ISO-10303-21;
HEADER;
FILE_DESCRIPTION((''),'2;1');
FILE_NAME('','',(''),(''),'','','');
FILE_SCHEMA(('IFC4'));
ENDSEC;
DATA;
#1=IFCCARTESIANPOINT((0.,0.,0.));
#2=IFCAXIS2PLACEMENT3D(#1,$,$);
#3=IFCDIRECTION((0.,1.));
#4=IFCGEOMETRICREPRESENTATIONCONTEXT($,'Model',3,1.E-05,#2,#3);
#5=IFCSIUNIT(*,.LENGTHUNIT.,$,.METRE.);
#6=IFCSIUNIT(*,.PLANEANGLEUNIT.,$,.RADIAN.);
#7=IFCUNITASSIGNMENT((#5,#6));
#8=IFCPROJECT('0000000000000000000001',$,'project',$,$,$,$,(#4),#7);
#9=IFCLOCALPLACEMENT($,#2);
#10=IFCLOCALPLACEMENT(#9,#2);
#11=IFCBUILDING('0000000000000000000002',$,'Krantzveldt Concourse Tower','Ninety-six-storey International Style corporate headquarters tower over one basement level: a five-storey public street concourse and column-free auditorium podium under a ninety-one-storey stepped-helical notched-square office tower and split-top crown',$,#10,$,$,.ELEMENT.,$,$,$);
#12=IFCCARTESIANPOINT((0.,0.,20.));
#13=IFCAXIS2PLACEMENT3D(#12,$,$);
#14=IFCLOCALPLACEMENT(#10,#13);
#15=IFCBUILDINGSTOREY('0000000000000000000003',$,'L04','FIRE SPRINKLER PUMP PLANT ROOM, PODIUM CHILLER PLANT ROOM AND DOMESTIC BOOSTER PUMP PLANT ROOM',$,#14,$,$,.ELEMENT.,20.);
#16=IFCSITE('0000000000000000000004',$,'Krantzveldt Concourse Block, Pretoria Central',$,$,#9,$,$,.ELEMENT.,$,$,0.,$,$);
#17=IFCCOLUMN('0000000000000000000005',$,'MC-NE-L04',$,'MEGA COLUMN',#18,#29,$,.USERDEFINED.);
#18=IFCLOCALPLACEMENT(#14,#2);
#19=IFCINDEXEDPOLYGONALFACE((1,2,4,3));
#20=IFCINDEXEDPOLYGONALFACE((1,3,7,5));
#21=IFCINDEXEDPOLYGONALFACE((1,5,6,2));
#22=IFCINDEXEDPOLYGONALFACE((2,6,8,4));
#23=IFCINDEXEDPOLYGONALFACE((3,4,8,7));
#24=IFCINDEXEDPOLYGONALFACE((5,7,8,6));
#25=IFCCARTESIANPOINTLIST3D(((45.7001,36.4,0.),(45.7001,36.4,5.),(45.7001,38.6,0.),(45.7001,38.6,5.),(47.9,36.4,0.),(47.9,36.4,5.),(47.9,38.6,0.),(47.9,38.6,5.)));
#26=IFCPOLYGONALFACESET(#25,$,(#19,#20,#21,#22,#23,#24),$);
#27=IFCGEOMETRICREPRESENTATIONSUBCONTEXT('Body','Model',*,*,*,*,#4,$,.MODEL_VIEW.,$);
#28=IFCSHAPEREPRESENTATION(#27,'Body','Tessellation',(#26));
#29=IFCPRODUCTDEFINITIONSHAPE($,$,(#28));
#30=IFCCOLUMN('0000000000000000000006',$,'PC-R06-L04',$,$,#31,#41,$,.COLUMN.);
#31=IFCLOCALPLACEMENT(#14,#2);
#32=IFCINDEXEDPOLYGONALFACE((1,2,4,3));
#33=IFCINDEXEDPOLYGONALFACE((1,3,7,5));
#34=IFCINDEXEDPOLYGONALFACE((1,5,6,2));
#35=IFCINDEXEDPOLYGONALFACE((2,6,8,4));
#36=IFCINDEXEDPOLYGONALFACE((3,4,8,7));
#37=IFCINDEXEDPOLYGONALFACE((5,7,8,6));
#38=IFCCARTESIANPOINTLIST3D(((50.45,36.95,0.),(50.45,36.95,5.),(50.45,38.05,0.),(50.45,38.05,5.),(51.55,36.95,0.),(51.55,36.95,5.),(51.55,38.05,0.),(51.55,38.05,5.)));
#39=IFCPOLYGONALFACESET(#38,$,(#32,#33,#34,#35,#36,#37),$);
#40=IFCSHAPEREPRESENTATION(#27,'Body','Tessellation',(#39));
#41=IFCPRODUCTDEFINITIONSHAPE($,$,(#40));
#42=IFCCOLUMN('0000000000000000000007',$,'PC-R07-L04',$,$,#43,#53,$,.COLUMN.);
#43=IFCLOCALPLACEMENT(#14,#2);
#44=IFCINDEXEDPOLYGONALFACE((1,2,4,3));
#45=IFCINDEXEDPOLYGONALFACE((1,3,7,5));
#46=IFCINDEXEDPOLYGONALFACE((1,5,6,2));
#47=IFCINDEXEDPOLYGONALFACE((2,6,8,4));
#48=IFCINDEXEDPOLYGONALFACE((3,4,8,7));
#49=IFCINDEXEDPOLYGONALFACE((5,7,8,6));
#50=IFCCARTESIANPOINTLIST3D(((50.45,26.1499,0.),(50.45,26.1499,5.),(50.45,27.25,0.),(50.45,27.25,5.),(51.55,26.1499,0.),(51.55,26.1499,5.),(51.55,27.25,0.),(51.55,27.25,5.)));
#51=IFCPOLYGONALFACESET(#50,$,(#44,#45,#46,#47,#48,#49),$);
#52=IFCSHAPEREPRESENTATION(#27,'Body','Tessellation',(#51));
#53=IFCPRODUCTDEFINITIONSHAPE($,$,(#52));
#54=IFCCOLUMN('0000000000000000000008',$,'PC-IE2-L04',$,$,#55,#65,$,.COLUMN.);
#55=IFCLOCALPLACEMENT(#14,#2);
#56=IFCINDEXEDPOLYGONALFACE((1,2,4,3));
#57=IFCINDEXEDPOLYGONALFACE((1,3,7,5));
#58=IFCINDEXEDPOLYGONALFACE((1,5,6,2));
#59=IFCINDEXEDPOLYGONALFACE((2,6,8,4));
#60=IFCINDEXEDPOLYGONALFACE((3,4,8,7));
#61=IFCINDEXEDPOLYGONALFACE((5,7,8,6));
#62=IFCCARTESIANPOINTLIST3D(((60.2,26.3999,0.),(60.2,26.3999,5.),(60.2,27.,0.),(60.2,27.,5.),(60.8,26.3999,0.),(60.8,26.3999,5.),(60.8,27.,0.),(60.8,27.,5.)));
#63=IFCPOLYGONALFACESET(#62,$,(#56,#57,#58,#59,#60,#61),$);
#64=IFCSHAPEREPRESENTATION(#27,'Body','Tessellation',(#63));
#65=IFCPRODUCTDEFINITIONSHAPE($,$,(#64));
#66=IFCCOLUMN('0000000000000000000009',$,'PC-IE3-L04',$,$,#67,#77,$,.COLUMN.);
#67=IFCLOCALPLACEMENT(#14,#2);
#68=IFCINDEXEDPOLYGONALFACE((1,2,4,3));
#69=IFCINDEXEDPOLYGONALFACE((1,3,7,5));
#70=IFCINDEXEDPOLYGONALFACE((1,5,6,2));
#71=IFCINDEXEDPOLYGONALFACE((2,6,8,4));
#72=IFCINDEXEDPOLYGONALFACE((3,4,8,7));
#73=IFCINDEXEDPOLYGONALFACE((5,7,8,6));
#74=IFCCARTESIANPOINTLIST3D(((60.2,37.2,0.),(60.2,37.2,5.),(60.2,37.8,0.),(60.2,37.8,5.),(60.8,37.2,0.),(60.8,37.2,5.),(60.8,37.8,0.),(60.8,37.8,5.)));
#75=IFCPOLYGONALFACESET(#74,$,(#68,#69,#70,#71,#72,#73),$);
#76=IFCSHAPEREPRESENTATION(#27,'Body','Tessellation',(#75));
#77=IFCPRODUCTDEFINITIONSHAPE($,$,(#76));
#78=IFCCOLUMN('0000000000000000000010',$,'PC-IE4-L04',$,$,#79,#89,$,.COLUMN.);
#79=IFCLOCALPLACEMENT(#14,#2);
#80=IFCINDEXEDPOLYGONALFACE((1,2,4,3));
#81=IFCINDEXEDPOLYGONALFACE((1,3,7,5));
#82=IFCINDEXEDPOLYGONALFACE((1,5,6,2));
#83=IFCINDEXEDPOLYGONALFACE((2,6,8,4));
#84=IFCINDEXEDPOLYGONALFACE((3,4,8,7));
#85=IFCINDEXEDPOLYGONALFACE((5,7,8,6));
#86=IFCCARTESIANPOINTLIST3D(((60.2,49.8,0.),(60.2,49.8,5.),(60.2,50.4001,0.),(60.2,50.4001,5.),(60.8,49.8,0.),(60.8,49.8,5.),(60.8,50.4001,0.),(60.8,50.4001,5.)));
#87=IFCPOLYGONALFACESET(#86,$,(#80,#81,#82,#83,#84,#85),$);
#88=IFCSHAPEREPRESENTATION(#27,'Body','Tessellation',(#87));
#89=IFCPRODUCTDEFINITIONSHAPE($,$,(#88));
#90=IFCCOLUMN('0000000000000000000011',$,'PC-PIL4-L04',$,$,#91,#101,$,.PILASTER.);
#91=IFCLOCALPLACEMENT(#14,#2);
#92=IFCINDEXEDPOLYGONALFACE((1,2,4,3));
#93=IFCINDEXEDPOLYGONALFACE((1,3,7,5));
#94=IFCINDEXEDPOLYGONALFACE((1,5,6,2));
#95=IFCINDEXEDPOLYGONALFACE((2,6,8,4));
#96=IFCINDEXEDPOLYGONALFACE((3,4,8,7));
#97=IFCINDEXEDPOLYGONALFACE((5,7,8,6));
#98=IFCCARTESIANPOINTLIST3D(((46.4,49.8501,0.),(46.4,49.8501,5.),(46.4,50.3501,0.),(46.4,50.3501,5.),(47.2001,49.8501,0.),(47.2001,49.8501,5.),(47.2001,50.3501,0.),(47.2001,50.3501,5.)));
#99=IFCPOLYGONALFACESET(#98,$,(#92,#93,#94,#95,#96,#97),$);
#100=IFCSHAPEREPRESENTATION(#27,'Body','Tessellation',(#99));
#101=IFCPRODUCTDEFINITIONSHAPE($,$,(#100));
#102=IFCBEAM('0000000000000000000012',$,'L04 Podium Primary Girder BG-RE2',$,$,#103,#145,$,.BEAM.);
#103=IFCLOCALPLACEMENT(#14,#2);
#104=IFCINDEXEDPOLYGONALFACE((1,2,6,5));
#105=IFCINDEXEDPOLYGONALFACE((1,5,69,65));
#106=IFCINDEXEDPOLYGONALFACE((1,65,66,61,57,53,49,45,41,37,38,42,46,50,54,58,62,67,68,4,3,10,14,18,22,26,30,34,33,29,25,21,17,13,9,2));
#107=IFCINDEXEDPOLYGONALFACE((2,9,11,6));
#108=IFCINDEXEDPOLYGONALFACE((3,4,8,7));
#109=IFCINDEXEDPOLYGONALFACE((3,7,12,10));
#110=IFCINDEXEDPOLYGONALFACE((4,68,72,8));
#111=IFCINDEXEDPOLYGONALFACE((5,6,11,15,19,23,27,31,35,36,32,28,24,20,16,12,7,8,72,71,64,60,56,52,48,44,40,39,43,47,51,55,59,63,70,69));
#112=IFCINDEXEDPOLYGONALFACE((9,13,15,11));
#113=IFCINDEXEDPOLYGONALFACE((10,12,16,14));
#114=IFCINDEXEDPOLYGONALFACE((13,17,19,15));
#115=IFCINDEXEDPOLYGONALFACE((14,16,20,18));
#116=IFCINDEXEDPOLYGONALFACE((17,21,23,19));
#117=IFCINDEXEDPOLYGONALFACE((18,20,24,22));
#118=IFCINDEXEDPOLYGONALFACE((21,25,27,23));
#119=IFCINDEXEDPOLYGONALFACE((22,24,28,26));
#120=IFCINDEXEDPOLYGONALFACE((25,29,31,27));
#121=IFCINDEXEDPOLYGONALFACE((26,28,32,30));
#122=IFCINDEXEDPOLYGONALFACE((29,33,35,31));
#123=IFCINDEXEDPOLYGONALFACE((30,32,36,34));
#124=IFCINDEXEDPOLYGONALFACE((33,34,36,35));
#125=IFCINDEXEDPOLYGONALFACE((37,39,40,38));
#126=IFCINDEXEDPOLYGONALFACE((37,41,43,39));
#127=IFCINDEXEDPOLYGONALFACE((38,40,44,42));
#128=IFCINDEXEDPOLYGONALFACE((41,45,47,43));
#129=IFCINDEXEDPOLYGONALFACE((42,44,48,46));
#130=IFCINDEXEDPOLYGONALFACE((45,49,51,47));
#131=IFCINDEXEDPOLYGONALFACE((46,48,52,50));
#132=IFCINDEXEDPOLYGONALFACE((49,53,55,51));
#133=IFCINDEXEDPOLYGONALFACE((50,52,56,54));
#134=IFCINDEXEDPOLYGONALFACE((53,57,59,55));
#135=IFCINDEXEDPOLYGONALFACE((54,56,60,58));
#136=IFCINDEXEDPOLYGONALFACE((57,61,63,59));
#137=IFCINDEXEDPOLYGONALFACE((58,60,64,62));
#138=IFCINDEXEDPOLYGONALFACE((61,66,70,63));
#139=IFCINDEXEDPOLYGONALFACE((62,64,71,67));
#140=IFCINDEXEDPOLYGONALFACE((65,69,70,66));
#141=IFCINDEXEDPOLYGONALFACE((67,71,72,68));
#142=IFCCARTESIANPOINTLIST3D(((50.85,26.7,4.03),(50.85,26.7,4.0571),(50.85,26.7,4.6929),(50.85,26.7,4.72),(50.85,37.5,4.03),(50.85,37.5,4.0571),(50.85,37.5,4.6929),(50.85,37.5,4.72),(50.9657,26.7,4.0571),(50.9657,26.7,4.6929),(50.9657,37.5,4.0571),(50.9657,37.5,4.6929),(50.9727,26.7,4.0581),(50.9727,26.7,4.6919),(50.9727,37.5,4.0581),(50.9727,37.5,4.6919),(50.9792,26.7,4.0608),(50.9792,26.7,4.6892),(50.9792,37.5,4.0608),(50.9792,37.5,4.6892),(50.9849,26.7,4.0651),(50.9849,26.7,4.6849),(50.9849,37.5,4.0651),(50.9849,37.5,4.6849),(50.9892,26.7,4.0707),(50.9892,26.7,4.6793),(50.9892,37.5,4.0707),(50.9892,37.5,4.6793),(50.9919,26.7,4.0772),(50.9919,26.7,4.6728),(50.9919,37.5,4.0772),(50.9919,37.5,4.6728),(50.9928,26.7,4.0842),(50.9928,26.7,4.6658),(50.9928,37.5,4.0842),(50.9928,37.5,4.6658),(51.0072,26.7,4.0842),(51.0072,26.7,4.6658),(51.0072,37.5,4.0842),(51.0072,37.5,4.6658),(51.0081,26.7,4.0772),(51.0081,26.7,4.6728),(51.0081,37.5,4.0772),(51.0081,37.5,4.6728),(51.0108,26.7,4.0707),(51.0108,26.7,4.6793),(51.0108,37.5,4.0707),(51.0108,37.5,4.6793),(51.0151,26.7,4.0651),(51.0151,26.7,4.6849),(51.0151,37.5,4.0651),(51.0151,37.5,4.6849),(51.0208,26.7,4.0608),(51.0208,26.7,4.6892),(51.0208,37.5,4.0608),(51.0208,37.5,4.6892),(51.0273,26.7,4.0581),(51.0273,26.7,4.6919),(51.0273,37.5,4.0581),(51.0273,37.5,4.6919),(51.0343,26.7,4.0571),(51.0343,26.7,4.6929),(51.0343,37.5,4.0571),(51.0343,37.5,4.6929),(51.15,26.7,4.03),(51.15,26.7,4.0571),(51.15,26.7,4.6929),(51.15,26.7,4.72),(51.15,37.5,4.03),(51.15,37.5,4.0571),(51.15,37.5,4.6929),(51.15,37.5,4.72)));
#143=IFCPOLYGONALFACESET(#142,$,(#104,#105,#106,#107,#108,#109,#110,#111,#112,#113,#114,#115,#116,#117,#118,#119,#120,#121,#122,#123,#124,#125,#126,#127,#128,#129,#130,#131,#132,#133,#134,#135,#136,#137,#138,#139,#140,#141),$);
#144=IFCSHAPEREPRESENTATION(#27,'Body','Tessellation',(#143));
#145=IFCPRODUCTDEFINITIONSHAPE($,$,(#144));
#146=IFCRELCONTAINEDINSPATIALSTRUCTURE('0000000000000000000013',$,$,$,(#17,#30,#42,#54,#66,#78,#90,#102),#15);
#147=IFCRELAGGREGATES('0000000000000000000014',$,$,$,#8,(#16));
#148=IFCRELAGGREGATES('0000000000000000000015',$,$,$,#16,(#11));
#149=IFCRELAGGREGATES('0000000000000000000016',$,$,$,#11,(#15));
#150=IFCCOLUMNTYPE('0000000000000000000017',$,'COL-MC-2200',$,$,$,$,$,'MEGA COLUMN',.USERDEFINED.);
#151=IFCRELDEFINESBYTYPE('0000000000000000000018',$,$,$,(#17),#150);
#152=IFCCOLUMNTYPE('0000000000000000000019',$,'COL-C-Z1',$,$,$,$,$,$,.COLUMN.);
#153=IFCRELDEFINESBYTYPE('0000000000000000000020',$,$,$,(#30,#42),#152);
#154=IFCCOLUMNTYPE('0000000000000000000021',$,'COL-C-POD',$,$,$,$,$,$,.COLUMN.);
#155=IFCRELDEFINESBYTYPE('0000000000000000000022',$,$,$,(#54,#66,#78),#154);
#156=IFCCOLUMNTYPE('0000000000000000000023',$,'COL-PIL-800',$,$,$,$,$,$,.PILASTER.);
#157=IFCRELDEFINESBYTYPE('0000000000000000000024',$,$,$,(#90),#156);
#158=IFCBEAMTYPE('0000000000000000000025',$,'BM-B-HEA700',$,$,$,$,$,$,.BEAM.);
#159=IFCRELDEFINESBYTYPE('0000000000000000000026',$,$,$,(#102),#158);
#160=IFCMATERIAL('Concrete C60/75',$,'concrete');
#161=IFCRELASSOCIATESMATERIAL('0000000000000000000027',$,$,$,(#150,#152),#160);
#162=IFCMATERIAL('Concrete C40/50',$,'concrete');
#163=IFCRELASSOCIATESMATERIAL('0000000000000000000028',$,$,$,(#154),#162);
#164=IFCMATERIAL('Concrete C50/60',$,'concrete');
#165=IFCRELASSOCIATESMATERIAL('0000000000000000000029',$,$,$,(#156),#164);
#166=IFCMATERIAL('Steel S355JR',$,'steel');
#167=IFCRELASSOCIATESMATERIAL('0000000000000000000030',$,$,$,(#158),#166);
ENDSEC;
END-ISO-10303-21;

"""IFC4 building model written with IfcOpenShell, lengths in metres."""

from ifc_helpers import new_model, si_unit, direction, frame, origin, origin_2d, place, context, subcontext, project, spatial, rectangle, i_section, extrude, source, transform, mapped, material, material_profile, profile_set, type_object, type_shapes, element, save


model = new_model("IFC4")

# Units and contexts
model_context = context("Model", 3, precision=1e-05, world=origin(), true_north=direction((0.0, 1.0)))
body_context = subcontext(model_context, "Body", "Model", "MODEL_VIEW")
ifc_project = project(units=[si_unit("LENGTHUNIT", "METRE"), si_unit("PLANEANGLEUNIT", "RADIAN")], contexts=[model_context])

# Site, building, storey
site_placement = place(None, origin())
site = spatial("IfcSite", under=ifc_project, at=site_placement, Name="Krantzveldt Concourse Block, Pretoria Central", CompositionType="ELEMENT", RefElevation=0.0)
building_placement = place(site_placement, origin())
building = spatial("IfcBuilding", under=site, at=building_placement, Name="Krantzveldt Concourse Tower", Description="Ninety-six-storey International Style corporate headquarters tower over one basement level: a five-storey public street concourse and column-free auditorium podium under a ninety-one-storey stepped-helical notched-square office tower and split-top crown", CompositionType="ELEMENT")
storey_placement = place(building_placement, frame((0.0, 0.0, 20.0)))
storey = spatial("IfcBuildingStorey", under=building, at=storey_placement, Name="L04", Description="FIRE SPRINKLER PUMP PLANT ROOM, PODIUM CHILLER PLANT ROOM AND DOMESTIC BOOSTER PUMP PLANT ROOM", CompositionType="ELEMENT", Elevation=20.0)

# Columns
ifc_material_1 = material(Name="Concrete C60/75", Category="concrete")
ifc_material_profile_1 = material_profile(ifc_material_1, rectangle(XDim=2.2, YDim=2.2, at=origin_2d()), Name="Concrete C60/75", Category="concrete")
ifc_profile_set_1 = profile_set([ifc_material_profile_1], Name="Concrete C60/75 - RC 2200x2200")
column_type_1 = type_object("IfcColumnType", Name="COL-MC-2200", ElementType="MEGA COLUMN", PredefinedType="USERDEFINED", material=ifc_profile_set_1)
shared_shape_1 = source(origin(), body_context, "Body", "SweptSolid", [
    extrude(rectangle(XDim=2.2, YDim=2.2, at=origin_2d()), origin(), (0.0, 0.0, 1.0), 5.0),
])
type_shapes(column_type_1, [shared_shape_1])
column_1_placement = place(storey_placement, frame((46.8, 37.5, 0.0), z_axis=(0.0, 0.0, 1.0), x_axis=(1.0, 0.0, 0.0)))
element("IfcColumn", 1, at=column_1_placement, inside=storey, type_object=column_type_1, Name="MC-NE-L04", ObjectType="MEGA COLUMN", PredefinedType="USERDEFINED", context=body_context, shape_type="MappedRepresentation", body=[
    mapped(shared_shape_1, transform((0.0, 0.0, 0.0), x_axis=(1.0, 0.0, 0.0), y_axis=(0.0, 1.0, 0.0), z_axis=(0.0, 0.0, 1.0), scale=1.0)),
])
ifc_material_profile_2 = material_profile(ifc_material_1, rectangle(XDim=1.1001, YDim=1.1001, at=origin_2d()), Name="Concrete C60/75", Category="concrete")
ifc_profile_set_2 = profile_set([ifc_material_profile_2], Name="Concrete C60/75 - RC 1100x1100")
column_type_2 = type_object("IfcColumnType", Name="COL-C-Z1", PredefinedType="COLUMN", material=ifc_profile_set_2)
shared_shape_2 = source(origin(), body_context, "Body", "SweptSolid", [
    extrude(rectangle(XDim=1.1001, YDim=1.1001, at=origin_2d()), origin(), (0.0, 0.0, 1.0), 5.0),
])
type_shapes(column_type_2, [shared_shape_2])
for number, where, z_axis, x_axis, name in (
    (2, (51.0, 37.5, 0.0), (0.0, 0.0, 1.0), (1.0, 0.0, 0.0), "PC-R06-L04"),
    (3, (51.0, 26.7, 0.0), (0.0, 0.0, 1.0), (1.0, 0.0, 0.0), "PC-R07-L04"),
):
    element("IfcColumn", number, at=place(storey_placement, frame(where, z_axis=z_axis, x_axis=x_axis)), inside=storey, type_object=column_type_2, Name=name, PredefinedType="COLUMN", context=body_context, shape_type="MappedRepresentation", body=[
        mapped(shared_shape_2, transform((0.0, 0.0, 0.0), x_axis=(1.0, 0.0, 0.0), y_axis=(0.0, 1.0, 0.0), z_axis=(0.0, 0.0, 1.0), scale=1.0)),
    ])
ifc_material_2 = material(Name="Concrete C40/50", Category="concrete")
ifc_material_profile_3 = material_profile(ifc_material_2, rectangle(XDim=0.6001, YDim=0.6001, at=origin_2d()), Name="Concrete C40/50", Category="concrete")
ifc_profile_set_3 = profile_set([ifc_material_profile_3], Name="Concrete C40/50 - RC 600x600")
column_type_3 = type_object("IfcColumnType", Name="COL-C-POD", PredefinedType="COLUMN", material=ifc_profile_set_3)
shared_shape_3 = source(origin(), body_context, "Body", "SweptSolid", [
    extrude(rectangle(XDim=0.6001, YDim=0.6001, at=origin_2d()), origin(), (0.0, 0.0, 1.0), 5.0),
])
type_shapes(column_type_3, [shared_shape_3])
for number, where, z_axis, x_axis, name in (
    (4, (60.5, 26.7, 0.0), (0.0, 0.0, 1.0), (1.0, 0.0, 0.0), "PC-IE2-L04"),
    (5, (60.5, 37.5, 0.0), (0.0, 0.0, 1.0), (1.0, 0.0, 0.0), "PC-IE3-L04"),
    (6, (60.5, 50.1001, 0.0), (0.0, 0.0, 1.0), (1.0, 0.0, 0.0), "PC-IE4-L04"),
):
    element("IfcColumn", number, at=place(storey_placement, frame(where, z_axis=z_axis, x_axis=x_axis)), inside=storey, type_object=column_type_3, Name=name, PredefinedType="COLUMN", context=body_context, shape_type="MappedRepresentation", body=[
        mapped(shared_shape_3, transform((0.0, 0.0, 0.0), x_axis=(1.0, 0.0, 0.0), y_axis=(0.0, 1.0, 0.0), z_axis=(0.0, 0.0, 1.0), scale=1.0)),
    ])
ifc_material_3 = material(Name="Concrete C50/60", Category="concrete")
ifc_material_profile_4 = material_profile(ifc_material_3, rectangle(XDim=0.8, YDim=0.5, at=origin_2d()), Name="Concrete C50/60", Category="concrete")
ifc_profile_set_4 = profile_set([ifc_material_profile_4], Name="Concrete C50/60 - RC-PIL 800x500")
column_type_4 = type_object("IfcColumnType", Name="COL-PIL-800", PredefinedType="PILASTER", material=ifc_profile_set_4)
shared_shape_4 = source(origin(), body_context, "Body", "SweptSolid", [
    extrude(rectangle(XDim=0.8, YDim=0.5, at=origin_2d()), origin(), (0.0, 0.0, 1.0), 5.0),
])
type_shapes(column_type_4, [shared_shape_4])
column_2_placement = place(storey_placement, frame((46.8, 50.1001, 0.0), z_axis=(0.0, 0.0, 1.0), x_axis=(1.0, 0.0, 0.0)))
element("IfcColumn", 7, at=column_2_placement, inside=storey, type_object=column_type_4, Name="PC-PIL4-L04", PredefinedType="PILASTER", context=body_context, shape_type="MappedRepresentation", body=[
    mapped(shared_shape_4, transform((0.0, 0.0, 0.0), x_axis=(1.0, 0.0, 0.0), y_axis=(0.0, 1.0, 0.0), z_axis=(0.0, 0.0, 1.0), scale=1.0)),
])

# Beam
ifc_material_4 = material(Name="Steel S355JR", Category="steel")
ifc_material_profile_5 = material_profile(ifc_material_4, i_section(OverallWidth=0.3, OverallDepth=0.6899, WebThickness=0.0144, FlangeThickness=0.0271, FilletRadius=0.0271, at=origin_2d()), Name="Steel S355JR", Category="steel")
ifc_profile_set_5 = profile_set([ifc_material_profile_5], Name="Steel S355JR - HEA 700")
beam_type_1 = type_object("IfcBeamType", Name="BM-B-HEA700", PredefinedType="BEAM", material=ifc_profile_set_5)
shared_shape_5 = source(origin(), body_context, "Body", "SweptSolid", [
    extrude(i_section(OverallWidth=0.3, OverallDepth=0.6899, WebThickness=0.0144, FlangeThickness=0.0271, FilletRadius=0.0271, at=origin_2d()), origin(), (0.0, 0.0, 1.0), 10.8),
])
for number, where, z_axis, x_axis, name in (
    (8, (51.0, 26.7, 4.375), (0.0, 1.0, 0.0), (-1.0, 0.0, 0.0), "L04 Podium Primary Girder BG-RE2"),
):
    element("IfcBeam", number, at=place(storey_placement, frame(where, z_axis=z_axis, x_axis=x_axis)), inside=storey, type_object=beam_type_1, Name=name, PredefinedType="BEAM", context=body_context, shape_type="MappedRepresentation", body=[
        mapped(shared_shape_5, transform((0.0, 0.0, 0.0), x_axis=(1.0, 0.0, 0.0), y_axis=(0.0, 1.0, 0.0), z_axis=(0.0, 0.0, 1.0), scale=1.0)),
    ])

save(model, "model.ifc")
